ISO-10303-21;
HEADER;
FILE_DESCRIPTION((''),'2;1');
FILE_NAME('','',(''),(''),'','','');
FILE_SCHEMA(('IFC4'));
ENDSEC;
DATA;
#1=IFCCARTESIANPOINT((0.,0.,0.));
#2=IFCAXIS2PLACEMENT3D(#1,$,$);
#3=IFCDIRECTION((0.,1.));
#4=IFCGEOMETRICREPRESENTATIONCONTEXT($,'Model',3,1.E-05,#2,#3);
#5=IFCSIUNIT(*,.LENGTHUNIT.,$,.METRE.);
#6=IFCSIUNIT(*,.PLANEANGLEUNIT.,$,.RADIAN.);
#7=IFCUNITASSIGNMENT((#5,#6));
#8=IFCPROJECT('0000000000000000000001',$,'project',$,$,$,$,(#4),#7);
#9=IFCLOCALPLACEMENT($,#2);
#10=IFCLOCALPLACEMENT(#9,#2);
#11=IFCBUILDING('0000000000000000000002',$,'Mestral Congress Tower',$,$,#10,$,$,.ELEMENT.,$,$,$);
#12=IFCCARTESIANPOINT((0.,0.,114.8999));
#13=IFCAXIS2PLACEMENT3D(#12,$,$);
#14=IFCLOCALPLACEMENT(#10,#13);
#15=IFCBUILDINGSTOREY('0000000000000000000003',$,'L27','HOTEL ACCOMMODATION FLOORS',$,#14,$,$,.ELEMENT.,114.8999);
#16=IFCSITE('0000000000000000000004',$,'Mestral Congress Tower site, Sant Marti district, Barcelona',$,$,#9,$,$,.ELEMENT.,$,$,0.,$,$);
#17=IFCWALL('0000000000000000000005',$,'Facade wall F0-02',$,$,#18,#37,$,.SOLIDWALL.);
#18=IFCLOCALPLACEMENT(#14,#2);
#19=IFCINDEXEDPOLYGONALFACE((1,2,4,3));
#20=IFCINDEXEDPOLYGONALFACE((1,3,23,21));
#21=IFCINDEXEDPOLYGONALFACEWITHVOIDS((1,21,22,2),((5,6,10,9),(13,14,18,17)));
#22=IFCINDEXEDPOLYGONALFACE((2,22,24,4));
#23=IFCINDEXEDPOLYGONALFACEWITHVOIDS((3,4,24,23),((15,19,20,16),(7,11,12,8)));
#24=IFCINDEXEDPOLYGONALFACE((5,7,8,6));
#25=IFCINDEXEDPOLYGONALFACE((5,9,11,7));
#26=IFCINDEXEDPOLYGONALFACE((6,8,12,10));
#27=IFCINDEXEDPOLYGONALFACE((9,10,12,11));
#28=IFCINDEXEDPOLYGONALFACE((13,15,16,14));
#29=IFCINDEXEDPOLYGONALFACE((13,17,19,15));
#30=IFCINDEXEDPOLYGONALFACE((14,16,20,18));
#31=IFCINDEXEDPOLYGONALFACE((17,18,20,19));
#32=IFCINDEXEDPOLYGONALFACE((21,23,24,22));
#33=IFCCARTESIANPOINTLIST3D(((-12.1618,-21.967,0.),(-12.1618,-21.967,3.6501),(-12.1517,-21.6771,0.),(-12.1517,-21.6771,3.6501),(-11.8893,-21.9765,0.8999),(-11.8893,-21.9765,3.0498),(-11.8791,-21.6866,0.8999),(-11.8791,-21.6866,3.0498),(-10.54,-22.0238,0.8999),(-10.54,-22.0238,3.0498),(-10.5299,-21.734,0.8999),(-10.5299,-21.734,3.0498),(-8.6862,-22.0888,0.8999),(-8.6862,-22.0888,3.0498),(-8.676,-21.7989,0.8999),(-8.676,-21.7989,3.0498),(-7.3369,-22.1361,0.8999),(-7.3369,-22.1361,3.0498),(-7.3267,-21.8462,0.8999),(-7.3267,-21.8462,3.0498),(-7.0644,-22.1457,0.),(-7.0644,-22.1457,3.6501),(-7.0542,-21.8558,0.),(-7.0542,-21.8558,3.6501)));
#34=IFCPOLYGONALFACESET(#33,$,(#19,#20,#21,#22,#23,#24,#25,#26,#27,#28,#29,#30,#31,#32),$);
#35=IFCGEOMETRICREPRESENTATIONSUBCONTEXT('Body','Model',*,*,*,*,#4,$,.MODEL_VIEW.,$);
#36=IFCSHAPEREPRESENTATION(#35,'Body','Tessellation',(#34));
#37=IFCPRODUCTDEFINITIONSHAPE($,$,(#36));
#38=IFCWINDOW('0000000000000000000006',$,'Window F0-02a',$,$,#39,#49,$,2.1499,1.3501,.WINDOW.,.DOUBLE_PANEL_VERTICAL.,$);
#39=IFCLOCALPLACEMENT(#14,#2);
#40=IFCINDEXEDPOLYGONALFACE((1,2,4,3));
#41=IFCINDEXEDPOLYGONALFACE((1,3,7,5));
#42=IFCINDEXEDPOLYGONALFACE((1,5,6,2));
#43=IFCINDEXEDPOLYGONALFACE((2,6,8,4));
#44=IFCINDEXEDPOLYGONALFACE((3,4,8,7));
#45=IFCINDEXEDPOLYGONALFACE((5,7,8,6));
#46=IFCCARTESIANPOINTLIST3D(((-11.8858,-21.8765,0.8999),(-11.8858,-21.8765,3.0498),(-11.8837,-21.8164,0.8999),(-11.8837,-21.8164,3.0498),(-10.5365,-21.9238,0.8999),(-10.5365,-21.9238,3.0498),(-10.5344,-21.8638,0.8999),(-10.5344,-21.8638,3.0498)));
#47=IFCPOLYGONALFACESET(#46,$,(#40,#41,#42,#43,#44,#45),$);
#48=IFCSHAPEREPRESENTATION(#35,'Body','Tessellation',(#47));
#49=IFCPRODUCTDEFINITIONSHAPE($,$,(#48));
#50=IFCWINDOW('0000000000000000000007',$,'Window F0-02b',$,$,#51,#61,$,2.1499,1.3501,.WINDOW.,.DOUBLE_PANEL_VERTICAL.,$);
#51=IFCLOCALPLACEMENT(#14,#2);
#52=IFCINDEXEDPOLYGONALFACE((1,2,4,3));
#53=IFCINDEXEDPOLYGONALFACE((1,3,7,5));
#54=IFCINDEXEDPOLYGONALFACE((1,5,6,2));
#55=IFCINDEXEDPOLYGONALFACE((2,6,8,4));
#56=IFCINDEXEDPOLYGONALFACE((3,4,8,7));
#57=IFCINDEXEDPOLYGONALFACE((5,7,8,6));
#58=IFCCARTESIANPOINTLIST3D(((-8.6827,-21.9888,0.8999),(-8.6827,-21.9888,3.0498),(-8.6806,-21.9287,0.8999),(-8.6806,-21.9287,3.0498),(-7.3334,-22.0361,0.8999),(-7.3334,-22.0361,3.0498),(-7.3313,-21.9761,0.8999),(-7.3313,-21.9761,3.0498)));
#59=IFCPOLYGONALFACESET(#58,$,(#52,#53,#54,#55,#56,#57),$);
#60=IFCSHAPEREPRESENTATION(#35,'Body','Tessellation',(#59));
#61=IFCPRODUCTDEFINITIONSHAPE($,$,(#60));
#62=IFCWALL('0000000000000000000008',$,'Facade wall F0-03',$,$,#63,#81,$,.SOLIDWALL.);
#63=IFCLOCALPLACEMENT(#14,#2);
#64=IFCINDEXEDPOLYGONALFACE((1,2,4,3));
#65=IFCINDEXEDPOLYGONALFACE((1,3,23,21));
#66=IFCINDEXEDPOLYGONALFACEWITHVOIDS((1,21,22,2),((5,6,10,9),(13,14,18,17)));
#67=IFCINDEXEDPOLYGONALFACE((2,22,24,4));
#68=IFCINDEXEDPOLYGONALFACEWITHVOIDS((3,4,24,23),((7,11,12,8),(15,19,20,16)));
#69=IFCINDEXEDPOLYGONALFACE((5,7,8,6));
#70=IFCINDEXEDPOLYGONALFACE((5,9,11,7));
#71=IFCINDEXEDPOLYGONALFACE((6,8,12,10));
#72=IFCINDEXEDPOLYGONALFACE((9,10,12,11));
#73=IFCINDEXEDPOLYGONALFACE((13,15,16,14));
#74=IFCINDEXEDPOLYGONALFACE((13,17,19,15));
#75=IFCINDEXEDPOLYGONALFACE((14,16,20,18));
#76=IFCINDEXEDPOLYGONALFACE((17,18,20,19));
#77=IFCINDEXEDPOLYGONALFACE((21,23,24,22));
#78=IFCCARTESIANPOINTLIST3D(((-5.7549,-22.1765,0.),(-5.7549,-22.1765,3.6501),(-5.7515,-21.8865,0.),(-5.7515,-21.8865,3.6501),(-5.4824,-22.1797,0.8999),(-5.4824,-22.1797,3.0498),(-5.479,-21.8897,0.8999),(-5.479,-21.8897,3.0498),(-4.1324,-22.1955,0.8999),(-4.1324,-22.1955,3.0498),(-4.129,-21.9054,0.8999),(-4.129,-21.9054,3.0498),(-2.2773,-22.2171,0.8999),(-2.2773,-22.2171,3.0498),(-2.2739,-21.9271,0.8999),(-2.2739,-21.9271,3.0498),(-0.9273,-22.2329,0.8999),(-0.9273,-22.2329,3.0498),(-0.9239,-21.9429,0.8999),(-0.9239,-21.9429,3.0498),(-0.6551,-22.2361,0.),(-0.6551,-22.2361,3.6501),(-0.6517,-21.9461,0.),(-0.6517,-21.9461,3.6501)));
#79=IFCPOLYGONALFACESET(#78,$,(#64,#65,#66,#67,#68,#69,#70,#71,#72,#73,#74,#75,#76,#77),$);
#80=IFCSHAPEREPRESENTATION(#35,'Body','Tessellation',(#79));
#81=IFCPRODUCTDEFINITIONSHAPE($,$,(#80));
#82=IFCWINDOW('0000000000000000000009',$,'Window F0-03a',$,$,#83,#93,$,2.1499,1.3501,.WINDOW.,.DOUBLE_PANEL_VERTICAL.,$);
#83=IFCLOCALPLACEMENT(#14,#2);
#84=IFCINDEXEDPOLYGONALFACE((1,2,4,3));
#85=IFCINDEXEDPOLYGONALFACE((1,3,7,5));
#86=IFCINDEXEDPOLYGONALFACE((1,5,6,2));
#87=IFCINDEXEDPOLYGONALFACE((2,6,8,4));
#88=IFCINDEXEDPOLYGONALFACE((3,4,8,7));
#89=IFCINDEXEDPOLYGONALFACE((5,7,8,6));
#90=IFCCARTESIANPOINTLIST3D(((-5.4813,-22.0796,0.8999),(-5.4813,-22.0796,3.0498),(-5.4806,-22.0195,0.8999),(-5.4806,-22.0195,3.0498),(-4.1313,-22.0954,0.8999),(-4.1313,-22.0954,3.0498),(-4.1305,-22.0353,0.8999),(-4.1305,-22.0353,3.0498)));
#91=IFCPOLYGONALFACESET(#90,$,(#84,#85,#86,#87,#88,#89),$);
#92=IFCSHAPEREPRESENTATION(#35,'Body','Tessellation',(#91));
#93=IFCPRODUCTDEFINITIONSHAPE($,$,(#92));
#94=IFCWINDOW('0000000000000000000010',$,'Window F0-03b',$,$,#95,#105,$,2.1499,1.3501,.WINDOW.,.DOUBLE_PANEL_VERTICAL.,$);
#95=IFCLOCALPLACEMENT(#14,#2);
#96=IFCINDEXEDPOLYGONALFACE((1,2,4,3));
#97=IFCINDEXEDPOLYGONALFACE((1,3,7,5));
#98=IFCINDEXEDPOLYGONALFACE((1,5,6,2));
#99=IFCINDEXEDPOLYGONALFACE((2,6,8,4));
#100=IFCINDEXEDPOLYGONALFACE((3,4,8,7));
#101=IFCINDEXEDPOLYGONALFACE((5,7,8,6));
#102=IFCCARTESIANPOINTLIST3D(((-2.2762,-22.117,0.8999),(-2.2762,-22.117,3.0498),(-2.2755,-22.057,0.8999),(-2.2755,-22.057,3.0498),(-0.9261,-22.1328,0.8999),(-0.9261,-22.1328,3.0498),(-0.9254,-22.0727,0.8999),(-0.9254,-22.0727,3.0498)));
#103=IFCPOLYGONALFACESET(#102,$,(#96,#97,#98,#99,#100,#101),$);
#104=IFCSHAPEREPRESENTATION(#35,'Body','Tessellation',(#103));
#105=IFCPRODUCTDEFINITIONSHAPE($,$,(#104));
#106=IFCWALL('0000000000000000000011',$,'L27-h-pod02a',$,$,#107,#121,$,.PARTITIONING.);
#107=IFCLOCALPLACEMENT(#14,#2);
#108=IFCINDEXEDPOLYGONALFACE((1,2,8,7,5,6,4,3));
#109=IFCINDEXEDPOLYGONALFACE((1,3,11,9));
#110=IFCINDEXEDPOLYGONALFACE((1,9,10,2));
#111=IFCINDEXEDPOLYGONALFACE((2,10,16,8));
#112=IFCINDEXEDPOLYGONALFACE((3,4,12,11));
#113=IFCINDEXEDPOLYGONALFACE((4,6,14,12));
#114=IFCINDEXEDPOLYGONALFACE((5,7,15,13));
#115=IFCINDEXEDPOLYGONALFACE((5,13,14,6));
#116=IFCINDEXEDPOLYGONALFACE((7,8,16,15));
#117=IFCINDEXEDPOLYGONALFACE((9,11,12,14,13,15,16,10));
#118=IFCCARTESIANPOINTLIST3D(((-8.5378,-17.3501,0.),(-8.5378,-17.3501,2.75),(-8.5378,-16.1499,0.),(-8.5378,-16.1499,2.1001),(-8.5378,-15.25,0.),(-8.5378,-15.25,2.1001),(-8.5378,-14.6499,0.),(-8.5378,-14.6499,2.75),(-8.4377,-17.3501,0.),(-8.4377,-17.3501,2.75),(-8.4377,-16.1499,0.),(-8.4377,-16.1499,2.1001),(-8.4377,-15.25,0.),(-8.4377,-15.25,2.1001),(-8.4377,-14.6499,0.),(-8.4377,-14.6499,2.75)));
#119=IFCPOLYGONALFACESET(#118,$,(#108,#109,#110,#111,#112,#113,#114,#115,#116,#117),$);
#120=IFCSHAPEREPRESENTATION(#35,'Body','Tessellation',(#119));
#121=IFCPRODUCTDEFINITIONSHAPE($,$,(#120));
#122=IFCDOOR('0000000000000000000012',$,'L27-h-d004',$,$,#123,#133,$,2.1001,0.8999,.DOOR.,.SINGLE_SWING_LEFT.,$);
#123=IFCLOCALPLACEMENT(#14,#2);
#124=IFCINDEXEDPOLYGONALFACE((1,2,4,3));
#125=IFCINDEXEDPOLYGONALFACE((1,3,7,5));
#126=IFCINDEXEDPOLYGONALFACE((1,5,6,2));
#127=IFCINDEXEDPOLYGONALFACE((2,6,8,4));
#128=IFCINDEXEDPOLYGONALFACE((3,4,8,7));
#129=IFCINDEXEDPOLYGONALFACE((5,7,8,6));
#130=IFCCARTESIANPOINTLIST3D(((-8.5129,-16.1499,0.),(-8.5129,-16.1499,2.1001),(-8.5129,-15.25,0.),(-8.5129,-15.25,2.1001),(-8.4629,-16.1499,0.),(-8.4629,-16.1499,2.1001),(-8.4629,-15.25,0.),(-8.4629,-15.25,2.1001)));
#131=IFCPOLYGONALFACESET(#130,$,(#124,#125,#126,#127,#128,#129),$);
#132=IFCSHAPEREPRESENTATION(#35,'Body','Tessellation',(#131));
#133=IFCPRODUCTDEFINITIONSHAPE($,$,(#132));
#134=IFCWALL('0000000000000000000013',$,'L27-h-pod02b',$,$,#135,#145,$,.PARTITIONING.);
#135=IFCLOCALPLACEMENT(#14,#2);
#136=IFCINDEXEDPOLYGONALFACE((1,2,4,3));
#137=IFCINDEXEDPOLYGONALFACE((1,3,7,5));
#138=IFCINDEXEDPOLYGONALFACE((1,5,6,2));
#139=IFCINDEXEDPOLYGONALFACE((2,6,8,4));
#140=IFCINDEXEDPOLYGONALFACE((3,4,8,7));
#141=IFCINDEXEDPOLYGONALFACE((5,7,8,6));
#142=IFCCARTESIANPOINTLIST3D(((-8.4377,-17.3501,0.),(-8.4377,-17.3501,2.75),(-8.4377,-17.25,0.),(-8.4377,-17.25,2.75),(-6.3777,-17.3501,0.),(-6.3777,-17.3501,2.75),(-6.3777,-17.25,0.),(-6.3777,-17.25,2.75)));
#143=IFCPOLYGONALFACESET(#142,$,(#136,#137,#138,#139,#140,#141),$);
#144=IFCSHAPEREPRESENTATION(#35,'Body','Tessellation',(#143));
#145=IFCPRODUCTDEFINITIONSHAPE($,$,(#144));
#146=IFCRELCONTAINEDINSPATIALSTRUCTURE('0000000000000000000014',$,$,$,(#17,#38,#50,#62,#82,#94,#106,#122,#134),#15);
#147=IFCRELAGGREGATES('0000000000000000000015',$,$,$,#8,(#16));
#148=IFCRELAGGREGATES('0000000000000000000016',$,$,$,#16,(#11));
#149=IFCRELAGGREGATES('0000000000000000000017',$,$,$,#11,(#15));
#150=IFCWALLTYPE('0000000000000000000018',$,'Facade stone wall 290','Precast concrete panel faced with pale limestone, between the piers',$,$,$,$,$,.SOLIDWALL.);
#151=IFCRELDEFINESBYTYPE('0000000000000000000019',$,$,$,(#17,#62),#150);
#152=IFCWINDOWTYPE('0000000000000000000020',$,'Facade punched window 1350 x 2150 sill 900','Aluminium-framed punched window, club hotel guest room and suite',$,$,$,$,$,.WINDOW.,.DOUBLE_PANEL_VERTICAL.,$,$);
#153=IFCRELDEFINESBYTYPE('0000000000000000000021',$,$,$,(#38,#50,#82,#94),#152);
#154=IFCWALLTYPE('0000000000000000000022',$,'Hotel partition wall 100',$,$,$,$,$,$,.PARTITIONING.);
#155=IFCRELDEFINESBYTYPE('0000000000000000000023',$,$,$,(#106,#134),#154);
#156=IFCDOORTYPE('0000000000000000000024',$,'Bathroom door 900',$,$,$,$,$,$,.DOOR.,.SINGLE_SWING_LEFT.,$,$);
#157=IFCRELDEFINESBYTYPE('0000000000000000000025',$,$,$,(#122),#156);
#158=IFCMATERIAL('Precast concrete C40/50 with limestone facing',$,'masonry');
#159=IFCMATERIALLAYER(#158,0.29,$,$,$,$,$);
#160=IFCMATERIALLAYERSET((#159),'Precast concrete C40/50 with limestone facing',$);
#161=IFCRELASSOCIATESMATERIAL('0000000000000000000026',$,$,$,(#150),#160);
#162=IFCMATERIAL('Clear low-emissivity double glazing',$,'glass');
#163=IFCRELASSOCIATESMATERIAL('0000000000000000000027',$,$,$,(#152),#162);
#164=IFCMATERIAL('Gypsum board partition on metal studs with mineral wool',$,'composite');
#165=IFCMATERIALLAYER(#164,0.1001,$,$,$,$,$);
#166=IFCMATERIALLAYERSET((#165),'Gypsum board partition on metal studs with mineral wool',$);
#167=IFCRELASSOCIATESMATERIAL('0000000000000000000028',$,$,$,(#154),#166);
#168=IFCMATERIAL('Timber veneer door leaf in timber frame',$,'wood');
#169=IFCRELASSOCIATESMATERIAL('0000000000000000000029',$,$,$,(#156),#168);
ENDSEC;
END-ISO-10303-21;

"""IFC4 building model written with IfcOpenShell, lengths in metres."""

from ifc_helpers import new_model, si_unit, direction, frame, frame_2d, origin, place, context, subcontext, project, spatial, rectangle, extrude, material, layer, layer_set, type_object, element, fill, save


model = new_model("IFC4")

# Units and contexts
model_context = context("Model", 3, precision=1e-05, world=origin(), true_north=direction((0.0, 1.0)))
body_context = subcontext(model_context, "Body", "Model", "MODEL_VIEW")
ifc_project = project(units=[si_unit("LENGTHUNIT", "METRE"), si_unit("PLANEANGLEUNIT", "RADIAN")], contexts=[model_context])

# Site, building, storey
site_placement = place(None, origin())
site = spatial("IfcSite", under=ifc_project, at=site_placement, Name="Mestral Congress Tower site, Sant Marti district, Barcelona", CompositionType="ELEMENT", RefElevation=0.0)
building_placement = place(site_placement, origin())
building = spatial("IfcBuilding", under=site, at=building_placement, Name="Mestral Congress Tower", CompositionType="ELEMENT")
storey_placement = place(building_placement, frame((0.0, 0.0, 114.8999)))
storey = spatial("IfcBuildingStorey", under=building, at=storey_placement, Name="L27", Description="HOTEL ACCOMMODATION FLOORS", CompositionType="ELEMENT", Elevation=114.8999)

# Walls, openings, windows
ifc_material_1 = material(Name="Precast concrete C40/50 with limestone facing", Category="masonry")
ifc_layer_1 = layer(ifc_material_1, 0.29)
ifc_layer_set_1 = layer_set([ifc_layer_1], Name="Precast concrete C40/50 with limestone facing")
wall_type_1 = type_object("IfcWallType", Name="Facade stone wall 290", Description="Precast concrete panel faced with pale limestone, between the piers", PredefinedType="SOLIDWALL", material=ifc_layer_set_1)
wall_1_placement = place(storey_placement, frame((-12.1567, -21.822, 0.0), z_axis=(0.0, 0.0, 1.0), x_axis=(0.999386, -0.035038, 0.0)))
wall_1 = element("IfcWall", 1, at=wall_1_placement, inside=storey, type_object=wall_type_1, Name="Facade wall F0-02", PredefinedType="SOLIDWALL", context=body_context, shape_type="SweptSolid", body=[
    extrude(rectangle(XDim=5.1006, YDim=0.29, at=frame_2d((2.5503, 0.0))), origin(), (0.0, 0.0, 1.0), 3.6501),
])
opening_1_placement = place(wall_1_placement, frame((0.2727, 0.0, 0.8999)))
opening_1 = element("IfcOpeningElement", 2, at=opening_1_placement, cuts=wall_1, PredefinedType="OPENING", context=body_context, shape_type="SweptSolid", body=[
    extrude(rectangle(XDim=1.3501, YDim=2.1499, at=frame_2d((0.675, 1.075))), frame((0.0, 0.155, 0.0), z_axis=(0.0, -1.0, 0.0), x_axis=(1.0, 0.0, 0.0)), (0.0, 0.0, 1.0), 0.3101),
])
opening_2_placement = place(wall_1_placement, frame((3.4778, 0.0, 0.8999)))
opening_2 = element("IfcOpeningElement", 3, at=opening_2_placement, cuts=wall_1, PredefinedType="OPENING", context=body_context, shape_type="SweptSolid", body=[
    extrude(rectangle(XDim=1.3501, YDim=2.1499, at=frame_2d((0.675, 1.075))), frame((0.0, 0.155, 0.0), z_axis=(0.0, -1.0, 0.0), x_axis=(1.0, 0.0, 0.0)), (0.0, 0.0, 1.0), 0.3101),
])
ifc_material_2 = material(Name="Clear low-emissivity double glazing", Category="glass")
window_type = type_object("IfcWindowType", Name="Facade punched window 1350 x 2150 sill 900", Description="Aluminium-framed punched window, club hotel guest room and suite", PartitioningType="DOUBLE_PANEL_VERTICAL", PredefinedType="WINDOW", material=ifc_material_2)
window_1_placement = place(opening_1_placement, origin())
window_1 = element("IfcWindow", 4, at=window_1_placement, inside=storey, type_object=window_type, Name="Window F0-02a", OverallHeight=2.1499, OverallWidth=1.3501, PartitioningType="DOUBLE_PANEL_VERTICAL", PredefinedType="WINDOW", context=body_context, shape_type="SweptSolid", body=[
    extrude(rectangle(XDim=1.3501, YDim=2.1499, at=frame_2d((0.675, 1.075))), frame((0.0, 0.0151, 0.0), z_axis=(0.0, -1.0, 0.0), x_axis=(1.0, 0.0, 0.0)), (0.0, 0.0, 1.0), 0.0601),
])
fill(opening_1, window_1)
window_2_placement = place(opening_2_placement, origin())
window_2 = element("IfcWindow", 5, at=window_2_placement, inside=storey, type_object=window_type, Name="Window F0-02b", OverallHeight=2.1499, OverallWidth=1.3501, PartitioningType="DOUBLE_PANEL_VERTICAL", PredefinedType="WINDOW", context=body_context, shape_type="SweptSolid", body=[
    extrude(rectangle(XDim=1.3501, YDim=2.1499, at=frame_2d((0.675, 1.075))), frame((0.0, 0.0151, 0.0), z_axis=(0.0, -1.0, 0.0), x_axis=(1.0, 0.0, 0.0)), (0.0, 0.0, 1.0), 0.0601),
])
fill(opening_2, window_2)
wall_2_placement = place(storey_placement, frame((-5.7532, -22.0315, 0.0), z_axis=(0.0, 0.0, 1.0), x_axis=(0.999932, -0.01168, 0.0)))
wall_2 = element("IfcWall", 6, at=wall_2_placement, inside=storey, type_object=wall_type_1, Name="Facade wall F0-03", PredefinedType="SOLIDWALL", context=body_context, shape_type="SweptSolid", body=[
    extrude(rectangle(XDim=5.1001, YDim=0.29, at=frame_2d((2.55, 0.0))), origin(), (0.0, 0.0, 1.0), 3.6501),
])
opening_3_placement = place(wall_2_placement, frame((0.2725, 0.0, 0.8999)))
opening_3 = element("IfcOpeningElement", 7, at=opening_3_placement, cuts=wall_2, PredefinedType="OPENING", context=body_context, shape_type="SweptSolid", body=[
    extrude(rectangle(XDim=1.3501, YDim=2.1499, at=frame_2d((0.675, 1.075))), frame((0.0, 0.155, 0.0), z_axis=(0.0, -1.0, 0.0), x_axis=(1.0, 0.0, 0.0)), (0.0, 0.0, 1.0), 0.3101),
])
opening_4_placement = place(wall_2_placement, frame((3.4778, 0.0, 0.8999)))
opening_4 = element("IfcOpeningElement", 8, at=opening_4_placement, cuts=wall_2, PredefinedType="OPENING", context=body_context, shape_type="SweptSolid", body=[
    extrude(rectangle(XDim=1.3501, YDim=2.1499, at=frame_2d((0.675, 1.075))), frame((0.0, 0.155, 0.0), z_axis=(0.0, -1.0, 0.0), x_axis=(1.0, 0.0, 0.0)), (0.0, 0.0, 1.0), 0.3101),
])
window_3_placement = place(opening_3_placement, origin())
window_3 = element("IfcWindow", 9, at=window_3_placement, inside=storey, type_object=window_type, Name="Window F0-03a", OverallHeight=2.1499, OverallWidth=1.3501, PartitioningType="DOUBLE_PANEL_VERTICAL", PredefinedType="WINDOW", context=body_context, shape_type="SweptSolid", body=[
    extrude(rectangle(XDim=1.3501, YDim=2.1499, at=frame_2d((0.675, 1.075))), frame((0.0, 0.0151, 0.0), z_axis=(0.0, -1.0, 0.0), x_axis=(1.0, 0.0, 0.0)), (0.0, 0.0, 1.0), 0.0601),
])
fill(opening_3, window_3)
window_4_placement = place(opening_4_placement, origin())
window_4 = element("IfcWindow", 10, at=window_4_placement, inside=storey, type_object=window_type, Name="Window F0-03b", OverallHeight=2.1499, OverallWidth=1.3501, PartitioningType="DOUBLE_PANEL_VERTICAL", PredefinedType="WINDOW", context=body_context, shape_type="SweptSolid", body=[
    extrude(rectangle(XDim=1.3501, YDim=2.1499, at=frame_2d((0.675, 1.075))), frame((0.0, 0.0151, 0.0), z_axis=(0.0, -1.0, 0.0), x_axis=(1.0, 0.0, 0.0)), (0.0, 0.0, 1.0), 0.0601),
])
fill(opening_4, window_4)

# Wall, opening, door
ifc_material_3 = material(Name="Gypsum board partition on metal studs with mineral wool", Category="composite")
ifc_layer_2 = layer(ifc_material_3, 0.1001)
ifc_layer_set_2 = layer_set([ifc_layer_2], Name="Gypsum board partition on metal studs with mineral wool")
wall_type_2 = type_object("IfcWallType", Name="Hotel partition wall 100", PredefinedType="PARTITIONING", material=ifc_layer_set_2)
wall_3_placement = place(storey_placement, frame((-8.4878, -14.6499, 0.0), z_axis=(0.0, 0.0, 1.0), x_axis=(0.0, -1.0, 0.0)))
wall_3 = element("IfcWall", 11, at=wall_3_placement, inside=storey, type_object=wall_type_2, Name="L27-h-pod02a", PredefinedType="PARTITIONING", context=body_context, shape_type="SweptSolid", body=[
    extrude(rectangle(XDim=2.7002, YDim=0.1001, at=frame_2d((1.3501, 0.0))), origin(), (0.0, 0.0, 1.0), 2.75),
])
opening_5_placement = place(wall_3_placement, frame((0.6001, 0.0, 0.0)))
opening_5 = element("IfcOpeningElement", 12, at=opening_5_placement, cuts=wall_3, PredefinedType="OPENING", context=body_context, shape_type="SweptSolid", body=[
    extrude(rectangle(XDim=0.8999, YDim=2.1001, at=frame_2d((0.45, 1.05))), frame((0.0, 0.0601, 0.0), z_axis=(0.0, -1.0, 0.0), x_axis=(1.0, 0.0, 0.0)), (0.0, 0.0, 1.0), 0.1201),
])
ifc_material_4 = material(Name="Timber veneer door leaf in timber frame", Category="wood")
door_type = type_object("IfcDoorType", Name="Bathroom door 900", OperationType="SINGLE_SWING_LEFT", PredefinedType="DOOR", material=ifc_material_4)
door_1_placement = place(opening_5_placement, origin())
door_1 = element("IfcDoor", 13, at=door_1_placement, inside=storey, type_object=door_type, Name="L27-h-d004", OperationType="SINGLE_SWING_LEFT", OverallHeight=2.1001, OverallWidth=0.8999, PredefinedType="DOOR", context=body_context, shape_type="SweptSolid", body=[
    extrude(rectangle(XDim=0.8999, YDim=2.1001, at=frame_2d((0.45, 1.05))), frame((0.0, 0.0249, 0.0), z_axis=(0.0, -1.0, 0.0), x_axis=(1.0, 0.0, 0.0)), (0.0, 0.0, 1.0), 0.05),
])
fill(opening_5, door_1)

# Wall
wall_4_placement = place(storey_placement, frame((-8.4377, -17.3, 0.0), z_axis=(0.0, 0.0, 1.0), x_axis=(1.0, 0.0, 0.0)))
element("IfcWall", 14, at=wall_4_placement, inside=storey, type_object=wall_type_2, Name="L27-h-pod02b", PredefinedType="PARTITIONING", context=body_context, shape_type="SweptSolid", body=[
    extrude(rectangle(XDim=2.0601, YDim=0.1001, at=frame_2d((1.03, 0.0))), origin(), (0.0, 0.0, 1.0), 2.75),
])

save(model, "model.ifc")
